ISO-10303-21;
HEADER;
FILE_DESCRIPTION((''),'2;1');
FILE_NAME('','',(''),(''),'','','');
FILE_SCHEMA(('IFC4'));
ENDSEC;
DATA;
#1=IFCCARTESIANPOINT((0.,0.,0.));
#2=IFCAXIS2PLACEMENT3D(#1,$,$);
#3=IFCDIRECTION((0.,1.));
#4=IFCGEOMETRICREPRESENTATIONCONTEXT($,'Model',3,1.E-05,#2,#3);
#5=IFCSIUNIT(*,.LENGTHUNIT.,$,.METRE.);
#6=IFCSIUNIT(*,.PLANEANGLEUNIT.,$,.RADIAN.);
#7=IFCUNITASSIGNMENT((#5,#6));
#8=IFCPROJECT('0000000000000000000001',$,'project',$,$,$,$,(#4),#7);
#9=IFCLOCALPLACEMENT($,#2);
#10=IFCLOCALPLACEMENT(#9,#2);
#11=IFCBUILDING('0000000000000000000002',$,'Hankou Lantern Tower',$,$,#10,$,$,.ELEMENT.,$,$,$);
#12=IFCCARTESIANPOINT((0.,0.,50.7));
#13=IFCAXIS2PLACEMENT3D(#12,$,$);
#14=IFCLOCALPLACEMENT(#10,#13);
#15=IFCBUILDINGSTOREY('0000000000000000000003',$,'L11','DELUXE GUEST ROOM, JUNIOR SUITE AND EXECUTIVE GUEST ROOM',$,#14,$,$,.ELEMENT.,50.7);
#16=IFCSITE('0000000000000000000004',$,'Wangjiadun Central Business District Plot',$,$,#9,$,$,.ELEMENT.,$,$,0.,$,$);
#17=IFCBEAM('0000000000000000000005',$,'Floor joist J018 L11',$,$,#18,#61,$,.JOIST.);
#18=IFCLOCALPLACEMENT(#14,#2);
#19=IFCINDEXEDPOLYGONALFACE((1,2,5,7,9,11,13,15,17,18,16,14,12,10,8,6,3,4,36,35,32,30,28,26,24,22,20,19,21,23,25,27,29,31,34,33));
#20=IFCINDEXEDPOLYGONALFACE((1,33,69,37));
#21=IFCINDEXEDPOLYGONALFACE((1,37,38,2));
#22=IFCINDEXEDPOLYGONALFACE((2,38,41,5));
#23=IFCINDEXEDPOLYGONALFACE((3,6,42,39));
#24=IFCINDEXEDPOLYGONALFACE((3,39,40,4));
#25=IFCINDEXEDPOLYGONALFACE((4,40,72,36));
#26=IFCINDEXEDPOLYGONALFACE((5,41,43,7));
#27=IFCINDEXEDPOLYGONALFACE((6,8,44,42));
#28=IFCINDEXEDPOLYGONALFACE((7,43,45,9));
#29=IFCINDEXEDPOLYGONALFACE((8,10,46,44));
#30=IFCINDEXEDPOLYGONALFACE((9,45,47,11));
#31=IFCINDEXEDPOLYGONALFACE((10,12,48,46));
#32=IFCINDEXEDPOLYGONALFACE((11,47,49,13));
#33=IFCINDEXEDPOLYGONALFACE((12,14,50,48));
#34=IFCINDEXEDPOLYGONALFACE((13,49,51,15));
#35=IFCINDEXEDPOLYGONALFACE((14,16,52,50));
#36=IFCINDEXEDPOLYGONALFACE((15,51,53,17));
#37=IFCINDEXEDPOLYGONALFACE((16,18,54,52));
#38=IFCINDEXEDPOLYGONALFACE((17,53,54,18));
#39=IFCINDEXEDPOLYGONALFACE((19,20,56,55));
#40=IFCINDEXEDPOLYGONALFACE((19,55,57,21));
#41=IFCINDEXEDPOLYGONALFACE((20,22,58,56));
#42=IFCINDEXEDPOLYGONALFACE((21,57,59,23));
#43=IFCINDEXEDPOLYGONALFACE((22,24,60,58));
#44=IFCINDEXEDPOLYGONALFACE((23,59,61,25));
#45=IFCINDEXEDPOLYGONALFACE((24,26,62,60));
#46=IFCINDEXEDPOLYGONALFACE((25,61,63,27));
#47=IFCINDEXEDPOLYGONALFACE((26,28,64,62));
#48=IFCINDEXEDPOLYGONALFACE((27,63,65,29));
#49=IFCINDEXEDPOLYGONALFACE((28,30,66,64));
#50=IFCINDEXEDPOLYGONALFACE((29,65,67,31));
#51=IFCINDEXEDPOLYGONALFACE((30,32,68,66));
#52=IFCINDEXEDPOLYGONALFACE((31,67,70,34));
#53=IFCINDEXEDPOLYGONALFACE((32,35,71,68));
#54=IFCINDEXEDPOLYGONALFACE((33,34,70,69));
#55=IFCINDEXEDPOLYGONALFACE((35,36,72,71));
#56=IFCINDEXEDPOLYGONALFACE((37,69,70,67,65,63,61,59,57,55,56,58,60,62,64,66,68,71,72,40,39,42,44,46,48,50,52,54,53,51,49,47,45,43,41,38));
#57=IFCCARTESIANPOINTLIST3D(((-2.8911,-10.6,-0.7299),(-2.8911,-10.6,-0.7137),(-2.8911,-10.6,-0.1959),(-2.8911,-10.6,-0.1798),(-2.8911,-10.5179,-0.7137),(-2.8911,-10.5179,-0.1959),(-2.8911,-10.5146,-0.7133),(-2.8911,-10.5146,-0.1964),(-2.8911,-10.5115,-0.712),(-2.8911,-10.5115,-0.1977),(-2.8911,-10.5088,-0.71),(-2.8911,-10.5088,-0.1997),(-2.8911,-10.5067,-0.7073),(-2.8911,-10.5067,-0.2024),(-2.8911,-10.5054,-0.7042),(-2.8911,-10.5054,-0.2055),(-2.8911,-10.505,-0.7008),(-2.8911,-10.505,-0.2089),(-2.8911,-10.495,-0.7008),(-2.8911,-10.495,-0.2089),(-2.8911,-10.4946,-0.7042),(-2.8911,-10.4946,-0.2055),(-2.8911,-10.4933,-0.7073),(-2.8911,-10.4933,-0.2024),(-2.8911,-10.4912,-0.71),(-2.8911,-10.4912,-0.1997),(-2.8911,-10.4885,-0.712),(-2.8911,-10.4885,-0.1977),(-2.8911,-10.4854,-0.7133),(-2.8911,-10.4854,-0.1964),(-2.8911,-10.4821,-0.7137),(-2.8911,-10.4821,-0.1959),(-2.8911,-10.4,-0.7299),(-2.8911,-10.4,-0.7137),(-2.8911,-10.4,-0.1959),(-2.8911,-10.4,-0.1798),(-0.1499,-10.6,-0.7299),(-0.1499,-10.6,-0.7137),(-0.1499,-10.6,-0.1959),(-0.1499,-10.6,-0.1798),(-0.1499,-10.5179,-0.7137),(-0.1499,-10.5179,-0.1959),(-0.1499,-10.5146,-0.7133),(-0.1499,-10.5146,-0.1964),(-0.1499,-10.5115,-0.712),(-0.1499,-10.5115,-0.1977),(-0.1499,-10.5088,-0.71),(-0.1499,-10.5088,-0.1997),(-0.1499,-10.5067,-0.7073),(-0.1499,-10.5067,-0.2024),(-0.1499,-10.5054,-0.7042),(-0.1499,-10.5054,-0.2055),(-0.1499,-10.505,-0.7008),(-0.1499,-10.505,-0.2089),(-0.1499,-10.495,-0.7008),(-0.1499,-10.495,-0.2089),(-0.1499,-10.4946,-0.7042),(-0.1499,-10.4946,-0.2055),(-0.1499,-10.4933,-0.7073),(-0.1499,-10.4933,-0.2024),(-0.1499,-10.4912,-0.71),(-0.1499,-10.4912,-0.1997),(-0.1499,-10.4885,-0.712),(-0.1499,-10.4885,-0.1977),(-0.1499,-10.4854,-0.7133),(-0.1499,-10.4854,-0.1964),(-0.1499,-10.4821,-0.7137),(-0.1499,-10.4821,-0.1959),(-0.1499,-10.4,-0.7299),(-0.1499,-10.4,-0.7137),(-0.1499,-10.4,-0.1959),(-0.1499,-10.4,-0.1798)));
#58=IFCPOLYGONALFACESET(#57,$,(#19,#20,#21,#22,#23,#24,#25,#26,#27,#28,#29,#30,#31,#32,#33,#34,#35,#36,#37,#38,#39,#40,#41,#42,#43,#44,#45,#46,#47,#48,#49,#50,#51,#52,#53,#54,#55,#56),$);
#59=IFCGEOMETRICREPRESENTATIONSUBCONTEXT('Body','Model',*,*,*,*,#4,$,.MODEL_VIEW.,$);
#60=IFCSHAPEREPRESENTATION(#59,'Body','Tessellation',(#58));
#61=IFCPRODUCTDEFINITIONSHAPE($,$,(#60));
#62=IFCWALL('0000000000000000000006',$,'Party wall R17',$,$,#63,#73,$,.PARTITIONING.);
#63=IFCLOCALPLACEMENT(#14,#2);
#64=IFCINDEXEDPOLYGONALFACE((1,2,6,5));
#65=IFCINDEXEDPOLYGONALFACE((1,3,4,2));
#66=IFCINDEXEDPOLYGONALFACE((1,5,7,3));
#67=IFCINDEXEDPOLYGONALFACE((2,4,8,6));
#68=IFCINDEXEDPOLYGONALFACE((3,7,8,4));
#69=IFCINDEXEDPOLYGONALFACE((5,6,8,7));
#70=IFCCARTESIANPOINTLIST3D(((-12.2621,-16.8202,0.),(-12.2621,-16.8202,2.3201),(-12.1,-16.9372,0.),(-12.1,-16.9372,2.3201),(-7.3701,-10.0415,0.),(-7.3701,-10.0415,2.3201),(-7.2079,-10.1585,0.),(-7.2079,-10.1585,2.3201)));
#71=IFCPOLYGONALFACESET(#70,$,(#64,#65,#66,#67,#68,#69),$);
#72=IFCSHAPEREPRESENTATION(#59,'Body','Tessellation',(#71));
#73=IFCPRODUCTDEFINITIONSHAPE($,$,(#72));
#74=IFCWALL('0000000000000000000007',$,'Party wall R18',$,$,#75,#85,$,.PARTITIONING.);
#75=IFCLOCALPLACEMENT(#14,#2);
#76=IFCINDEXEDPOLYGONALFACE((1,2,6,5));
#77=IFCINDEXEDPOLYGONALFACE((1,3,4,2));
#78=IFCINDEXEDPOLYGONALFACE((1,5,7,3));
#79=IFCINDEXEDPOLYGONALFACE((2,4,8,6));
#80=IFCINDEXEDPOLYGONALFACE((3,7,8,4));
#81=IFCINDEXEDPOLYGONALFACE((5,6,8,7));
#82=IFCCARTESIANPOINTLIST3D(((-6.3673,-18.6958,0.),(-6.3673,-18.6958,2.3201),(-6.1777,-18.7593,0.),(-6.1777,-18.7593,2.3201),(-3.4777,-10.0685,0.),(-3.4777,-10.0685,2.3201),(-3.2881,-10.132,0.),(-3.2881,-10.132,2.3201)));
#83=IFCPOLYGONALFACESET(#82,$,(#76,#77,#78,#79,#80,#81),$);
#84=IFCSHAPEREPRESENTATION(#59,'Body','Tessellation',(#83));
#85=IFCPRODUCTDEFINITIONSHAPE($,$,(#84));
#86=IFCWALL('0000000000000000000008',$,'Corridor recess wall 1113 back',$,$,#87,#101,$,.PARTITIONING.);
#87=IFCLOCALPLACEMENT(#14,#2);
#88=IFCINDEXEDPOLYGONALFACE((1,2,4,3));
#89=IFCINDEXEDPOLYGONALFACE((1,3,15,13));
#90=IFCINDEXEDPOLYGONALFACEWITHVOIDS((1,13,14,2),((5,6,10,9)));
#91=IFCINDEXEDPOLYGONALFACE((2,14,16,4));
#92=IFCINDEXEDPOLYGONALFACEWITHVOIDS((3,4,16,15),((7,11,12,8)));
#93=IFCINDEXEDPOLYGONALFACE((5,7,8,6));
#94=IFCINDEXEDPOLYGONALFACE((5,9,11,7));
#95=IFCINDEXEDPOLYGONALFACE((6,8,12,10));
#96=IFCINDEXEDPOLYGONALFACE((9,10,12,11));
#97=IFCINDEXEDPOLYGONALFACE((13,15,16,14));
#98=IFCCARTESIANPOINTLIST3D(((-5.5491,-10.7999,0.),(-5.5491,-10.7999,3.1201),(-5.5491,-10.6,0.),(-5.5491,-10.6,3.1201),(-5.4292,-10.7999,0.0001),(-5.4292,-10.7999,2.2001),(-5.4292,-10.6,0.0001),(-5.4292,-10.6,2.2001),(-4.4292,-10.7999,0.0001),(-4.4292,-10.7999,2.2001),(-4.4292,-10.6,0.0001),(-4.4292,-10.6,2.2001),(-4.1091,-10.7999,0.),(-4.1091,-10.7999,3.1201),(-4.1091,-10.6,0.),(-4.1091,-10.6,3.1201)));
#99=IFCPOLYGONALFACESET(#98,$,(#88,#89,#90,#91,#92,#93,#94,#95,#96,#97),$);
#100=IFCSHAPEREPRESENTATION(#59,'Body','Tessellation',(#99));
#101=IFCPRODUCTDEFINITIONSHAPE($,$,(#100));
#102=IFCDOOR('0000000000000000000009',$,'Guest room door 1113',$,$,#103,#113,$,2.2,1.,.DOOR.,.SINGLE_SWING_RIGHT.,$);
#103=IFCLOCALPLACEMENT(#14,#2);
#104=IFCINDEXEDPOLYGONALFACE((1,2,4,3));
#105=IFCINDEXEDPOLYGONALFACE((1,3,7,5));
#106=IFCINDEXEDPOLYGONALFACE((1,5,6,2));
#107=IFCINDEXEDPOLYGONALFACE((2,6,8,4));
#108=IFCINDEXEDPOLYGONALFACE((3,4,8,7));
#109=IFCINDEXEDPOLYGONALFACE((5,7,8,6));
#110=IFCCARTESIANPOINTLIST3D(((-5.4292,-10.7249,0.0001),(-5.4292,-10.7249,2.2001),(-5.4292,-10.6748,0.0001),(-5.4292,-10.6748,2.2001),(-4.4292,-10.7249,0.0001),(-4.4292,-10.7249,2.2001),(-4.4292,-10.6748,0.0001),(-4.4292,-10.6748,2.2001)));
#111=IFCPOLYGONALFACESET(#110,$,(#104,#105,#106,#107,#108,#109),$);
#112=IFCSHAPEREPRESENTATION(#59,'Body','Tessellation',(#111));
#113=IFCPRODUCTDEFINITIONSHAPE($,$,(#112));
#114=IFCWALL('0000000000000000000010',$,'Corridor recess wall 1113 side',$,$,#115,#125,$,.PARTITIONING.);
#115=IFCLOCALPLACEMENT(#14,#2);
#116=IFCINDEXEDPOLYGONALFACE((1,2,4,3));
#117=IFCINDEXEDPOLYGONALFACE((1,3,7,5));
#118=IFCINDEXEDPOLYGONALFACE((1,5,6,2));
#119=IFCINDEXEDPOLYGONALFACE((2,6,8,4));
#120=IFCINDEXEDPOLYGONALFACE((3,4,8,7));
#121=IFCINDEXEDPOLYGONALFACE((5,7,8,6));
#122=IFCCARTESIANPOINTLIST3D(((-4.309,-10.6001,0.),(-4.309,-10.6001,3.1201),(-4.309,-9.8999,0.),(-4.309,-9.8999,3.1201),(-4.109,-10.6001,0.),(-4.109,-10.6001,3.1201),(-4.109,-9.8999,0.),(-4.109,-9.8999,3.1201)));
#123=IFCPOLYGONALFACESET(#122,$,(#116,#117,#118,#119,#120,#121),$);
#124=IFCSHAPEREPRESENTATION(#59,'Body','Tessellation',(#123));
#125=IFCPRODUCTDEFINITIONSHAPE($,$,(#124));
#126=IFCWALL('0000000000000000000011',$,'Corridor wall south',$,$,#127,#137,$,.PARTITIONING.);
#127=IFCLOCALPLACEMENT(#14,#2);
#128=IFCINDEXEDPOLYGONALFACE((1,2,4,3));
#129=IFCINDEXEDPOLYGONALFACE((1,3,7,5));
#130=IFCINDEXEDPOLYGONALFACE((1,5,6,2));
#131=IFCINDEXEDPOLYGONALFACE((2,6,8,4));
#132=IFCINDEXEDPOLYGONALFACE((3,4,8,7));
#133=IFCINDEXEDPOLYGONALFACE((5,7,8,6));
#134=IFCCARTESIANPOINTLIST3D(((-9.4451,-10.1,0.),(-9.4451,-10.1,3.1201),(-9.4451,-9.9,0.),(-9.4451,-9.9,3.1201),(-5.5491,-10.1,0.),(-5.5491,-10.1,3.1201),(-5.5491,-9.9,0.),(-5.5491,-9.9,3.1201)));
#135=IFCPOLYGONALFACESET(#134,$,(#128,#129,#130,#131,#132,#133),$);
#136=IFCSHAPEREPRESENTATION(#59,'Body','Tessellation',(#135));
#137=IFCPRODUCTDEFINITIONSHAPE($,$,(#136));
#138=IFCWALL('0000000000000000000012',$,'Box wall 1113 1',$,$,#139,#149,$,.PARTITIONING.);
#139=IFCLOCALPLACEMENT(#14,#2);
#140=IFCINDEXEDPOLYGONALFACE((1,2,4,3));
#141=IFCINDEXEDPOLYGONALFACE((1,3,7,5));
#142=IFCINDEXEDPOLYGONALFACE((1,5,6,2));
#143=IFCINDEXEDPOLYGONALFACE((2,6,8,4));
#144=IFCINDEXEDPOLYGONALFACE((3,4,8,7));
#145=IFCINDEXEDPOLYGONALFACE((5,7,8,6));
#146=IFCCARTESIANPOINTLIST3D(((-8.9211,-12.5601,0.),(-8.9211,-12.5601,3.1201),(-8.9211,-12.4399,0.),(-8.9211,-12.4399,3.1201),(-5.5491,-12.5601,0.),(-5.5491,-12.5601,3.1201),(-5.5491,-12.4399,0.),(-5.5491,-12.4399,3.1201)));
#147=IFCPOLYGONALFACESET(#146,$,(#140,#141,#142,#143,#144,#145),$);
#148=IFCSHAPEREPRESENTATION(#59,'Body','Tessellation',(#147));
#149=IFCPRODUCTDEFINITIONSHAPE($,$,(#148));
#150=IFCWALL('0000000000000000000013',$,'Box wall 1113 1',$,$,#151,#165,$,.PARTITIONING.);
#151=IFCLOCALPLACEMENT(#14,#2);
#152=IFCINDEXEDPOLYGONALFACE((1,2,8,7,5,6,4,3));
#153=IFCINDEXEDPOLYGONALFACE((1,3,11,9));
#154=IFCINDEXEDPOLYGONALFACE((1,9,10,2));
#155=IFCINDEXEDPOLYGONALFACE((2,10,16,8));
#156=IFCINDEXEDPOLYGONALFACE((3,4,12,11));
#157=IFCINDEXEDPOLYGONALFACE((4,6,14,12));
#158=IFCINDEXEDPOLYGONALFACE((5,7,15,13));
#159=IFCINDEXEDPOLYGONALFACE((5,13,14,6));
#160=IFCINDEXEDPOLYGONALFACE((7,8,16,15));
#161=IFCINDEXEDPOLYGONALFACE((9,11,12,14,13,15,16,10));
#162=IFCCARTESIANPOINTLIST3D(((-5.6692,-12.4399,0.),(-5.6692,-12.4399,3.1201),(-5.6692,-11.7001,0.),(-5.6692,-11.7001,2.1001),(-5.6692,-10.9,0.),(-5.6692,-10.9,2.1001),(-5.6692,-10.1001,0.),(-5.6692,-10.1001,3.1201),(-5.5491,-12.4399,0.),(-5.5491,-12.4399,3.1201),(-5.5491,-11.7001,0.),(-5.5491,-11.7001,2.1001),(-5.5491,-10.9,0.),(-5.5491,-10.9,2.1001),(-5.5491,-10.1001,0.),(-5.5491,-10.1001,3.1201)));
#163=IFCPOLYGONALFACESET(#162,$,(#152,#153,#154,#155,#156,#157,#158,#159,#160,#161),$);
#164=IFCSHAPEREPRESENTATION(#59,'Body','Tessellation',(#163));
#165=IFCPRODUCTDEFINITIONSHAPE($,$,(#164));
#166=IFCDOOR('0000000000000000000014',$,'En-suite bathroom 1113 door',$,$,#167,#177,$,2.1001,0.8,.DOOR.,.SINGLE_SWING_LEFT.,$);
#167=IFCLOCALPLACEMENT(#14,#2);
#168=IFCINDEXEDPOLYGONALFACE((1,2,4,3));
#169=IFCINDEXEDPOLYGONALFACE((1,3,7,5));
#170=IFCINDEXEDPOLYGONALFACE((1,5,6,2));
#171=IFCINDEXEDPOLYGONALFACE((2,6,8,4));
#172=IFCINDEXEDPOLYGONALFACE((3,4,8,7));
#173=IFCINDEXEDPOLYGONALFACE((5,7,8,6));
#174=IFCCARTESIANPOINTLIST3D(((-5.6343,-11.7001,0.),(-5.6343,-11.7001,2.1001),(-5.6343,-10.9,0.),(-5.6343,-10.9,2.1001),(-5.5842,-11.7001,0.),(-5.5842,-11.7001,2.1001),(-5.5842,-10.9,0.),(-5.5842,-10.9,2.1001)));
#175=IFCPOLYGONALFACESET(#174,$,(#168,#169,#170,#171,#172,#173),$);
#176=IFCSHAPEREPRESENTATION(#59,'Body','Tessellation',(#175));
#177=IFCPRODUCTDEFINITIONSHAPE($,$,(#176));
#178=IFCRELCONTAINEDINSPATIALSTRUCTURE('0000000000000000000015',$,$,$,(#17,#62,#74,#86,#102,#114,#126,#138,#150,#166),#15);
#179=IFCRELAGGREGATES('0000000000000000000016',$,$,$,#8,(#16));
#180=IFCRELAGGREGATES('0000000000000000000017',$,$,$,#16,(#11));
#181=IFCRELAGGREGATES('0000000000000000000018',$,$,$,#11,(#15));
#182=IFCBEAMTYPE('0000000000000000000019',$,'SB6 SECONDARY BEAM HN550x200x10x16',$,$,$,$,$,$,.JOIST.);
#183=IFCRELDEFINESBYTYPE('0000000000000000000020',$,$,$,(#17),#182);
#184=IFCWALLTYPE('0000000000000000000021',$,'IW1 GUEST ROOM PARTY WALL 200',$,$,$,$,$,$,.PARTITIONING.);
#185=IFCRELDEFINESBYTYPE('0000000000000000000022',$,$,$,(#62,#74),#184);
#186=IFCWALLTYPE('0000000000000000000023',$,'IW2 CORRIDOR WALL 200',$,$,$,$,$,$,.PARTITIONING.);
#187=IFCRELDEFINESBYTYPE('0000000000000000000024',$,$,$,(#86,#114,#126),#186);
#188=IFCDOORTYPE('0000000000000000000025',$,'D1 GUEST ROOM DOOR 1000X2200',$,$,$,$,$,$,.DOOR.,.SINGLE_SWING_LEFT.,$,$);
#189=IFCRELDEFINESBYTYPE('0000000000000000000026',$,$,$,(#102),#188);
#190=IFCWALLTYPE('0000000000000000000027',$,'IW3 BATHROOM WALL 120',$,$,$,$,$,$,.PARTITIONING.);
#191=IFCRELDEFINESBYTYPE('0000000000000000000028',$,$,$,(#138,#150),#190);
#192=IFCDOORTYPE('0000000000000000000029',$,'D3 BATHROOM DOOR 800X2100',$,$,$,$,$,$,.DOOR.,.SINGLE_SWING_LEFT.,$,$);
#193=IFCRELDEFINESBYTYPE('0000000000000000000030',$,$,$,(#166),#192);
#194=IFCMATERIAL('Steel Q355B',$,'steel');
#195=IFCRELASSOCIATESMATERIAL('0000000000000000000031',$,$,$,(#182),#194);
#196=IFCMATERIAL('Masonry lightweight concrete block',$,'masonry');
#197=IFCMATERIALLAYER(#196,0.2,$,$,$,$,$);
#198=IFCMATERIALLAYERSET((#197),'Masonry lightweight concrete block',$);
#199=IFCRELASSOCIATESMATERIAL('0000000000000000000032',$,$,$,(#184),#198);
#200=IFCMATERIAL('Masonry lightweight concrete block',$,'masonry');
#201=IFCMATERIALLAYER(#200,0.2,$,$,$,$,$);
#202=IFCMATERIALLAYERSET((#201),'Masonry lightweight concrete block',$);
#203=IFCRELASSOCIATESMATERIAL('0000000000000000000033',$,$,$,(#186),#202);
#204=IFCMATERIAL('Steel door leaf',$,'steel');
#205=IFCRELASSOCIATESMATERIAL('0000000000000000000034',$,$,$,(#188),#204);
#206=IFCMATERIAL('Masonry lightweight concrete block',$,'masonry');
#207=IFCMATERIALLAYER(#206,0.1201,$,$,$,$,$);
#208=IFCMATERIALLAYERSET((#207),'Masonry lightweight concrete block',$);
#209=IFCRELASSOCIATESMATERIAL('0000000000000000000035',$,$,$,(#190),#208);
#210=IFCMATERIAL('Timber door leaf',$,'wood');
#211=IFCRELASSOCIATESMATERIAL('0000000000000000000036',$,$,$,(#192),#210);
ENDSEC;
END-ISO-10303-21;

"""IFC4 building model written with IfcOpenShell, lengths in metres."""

from ifc_helpers import new_model, si_unit, direction, frame, frame_2d, origin, origin_2d, place, context, subcontext, project, spatial, rectangle, i_section, extrude, material, layer, layer_set, material_profile, profile_set, type_object, element, fill, save


model = new_model("IFC4")

# Units and contexts
model_context = context("Model", 3, precision=1e-05, world=origin(), true_north=direction((0.0, 1.0)))
body_context = subcontext(model_context, "Body", "Model", "MODEL_VIEW")
ifc_project = project(units=[si_unit("LENGTHUNIT", "METRE"), si_unit("PLANEANGLEUNIT", "RADIAN")], contexts=[model_context])

# Site, building, storey
site_placement = place(None, origin())
site = spatial("IfcSite", under=ifc_project, at=site_placement, Name="Wangjiadun Central Business District Plot", CompositionType="ELEMENT", RefElevation=0.0)
building_placement = place(site_placement, origin())
building = spatial("IfcBuilding", under=site, at=building_placement, Name="Hankou Lantern Tower", CompositionType="ELEMENT")
storey_placement = place(building_placement, frame((0.0, 0.0, 50.7)))
storey = spatial("IfcBuildingStorey", under=building, at=storey_placement, Name="L11", Description="DELUXE GUEST ROOM, JUNIOR SUITE AND EXECUTIVE GUEST ROOM", CompositionType="ELEMENT", Elevation=50.7)

# Beam
ifc_material_1 = material(Name="Steel Q355B", Category="steel")
ifc_material_profile_1 = material_profile(ifc_material_1, i_section(OverallWidth=0.2, OverallDepth=0.55, WebThickness=0.01, FlangeThickness=0.0161, FilletRadius=0.0129, at=origin_2d()), Name="HN550x200x10x16")
ifc_profile_set_1 = profile_set([ifc_material_profile_1], Name="Steel Q355B")
beam_type_1 = type_object("IfcBeamType", Name="SB6 SECONDARY BEAM HN550x200x10x16", PredefinedType="JOIST", material=ifc_profile_set_1)
beam_1_placement = place(storey_placement, frame((-2.8911, -10.5, -0.4548), z_axis=(1.0, 0.0, 0.0), x_axis=(0.0, 1.0, 0.0)))
element("IfcBeam", 1, at=beam_1_placement, inside=storey, type_object=beam_type_1, Name="Floor joist J018 L11", PredefinedType="JOIST", context=body_context, shape_type="SweptSolid", body=[
    extrude(i_section(OverallWidth=0.2, OverallDepth=0.55, WebThickness=0.01, FlangeThickness=0.0161, FilletRadius=0.0129, at=origin_2d()), origin(), (0.0, 0.0, 1.0), 2.7412),
])

# Walls
ifc_material_2 = material(Name="Masonry lightweight concrete block", Category="masonry")
ifc_layer_1 = layer(ifc_material_2, 0.2)
ifc_layer_set_1 = layer_set([ifc_layer_1], Name="Masonry lightweight concrete block")
wall_type_1 = type_object("IfcWallType", Name="IW1 GUEST ROOM PARTY WALL 200", PredefinedType="PARTITIONING", material=ifc_layer_set_1)
wall_1_placement = place(storey_placement, frame((-7.2891, -10.1001, 0.0), z_axis=(0.0, 0.0, 1.0), x_axis=(-0.585198, -0.81089, 0.0)))
element("IfcWall", 2, at=wall_1_placement, inside=storey, type_object=wall_type_1, Name="Party wall R17", PredefinedType="PARTITIONING", context=body_context, shape_type="SweptSolid", body=[
    extrude(rectangle(XDim=8.3596, YDim=0.2, at=frame_2d((4.1797, 0.0))), origin(), (0.0, 0.0, 1.0), 2.3201),
])
wall_2_placement = place(storey_placement, frame((-3.3828, -10.1001, 0.0), z_axis=(0.0, 0.0, 1.0), x_axis=(-0.317596, -0.948226, 0.0)))
element("IfcWall", 3, at=wall_2_placement, inside=storey, type_object=wall_type_1, Name="Party wall R18", PredefinedType="PARTITIONING", context=body_context, shape_type="SweptSolid", body=[
    extrude(rectangle(XDim=9.0984, YDim=0.2, at=frame_2d((4.5493, 0.0))), origin(), (0.0, 0.0, 1.0), 2.3201),
])

# Wall, opening, door
ifc_material_3 = material(Name="Masonry lightweight concrete block", Category="masonry")
ifc_layer_2 = layer(ifc_material_3, 0.2)
ifc_layer_set_2 = layer_set([ifc_layer_2], Name="Masonry lightweight concrete block")
wall_type_2 = type_object("IfcWallType", Name="IW2 CORRIDOR WALL 200", PredefinedType="PARTITIONING", material=ifc_layer_set_2)
wall_3_placement = place(storey_placement, frame((-4.1091, -10.7, 0.0), z_axis=(0.0, 0.0, 1.0), x_axis=(-1.0, 0.0, 0.0)))
wall_3 = element("IfcWall", 4, at=wall_3_placement, inside=storey, type_object=wall_type_2, Name="Corridor recess wall 1113 back", PredefinedType="PARTITIONING", context=body_context, shape_type="SweptSolid", body=[
    extrude(rectangle(XDim=1.4399, YDim=0.2, at=frame_2d((0.72, 0.0))), origin(), (0.0, 0.0, 1.0), 3.1201),
])
opening_1_placement = place(wall_3_placement, frame((0.3201, 0.0, 0.0)))
opening_1 = element("IfcOpeningElement", 5, at=opening_1_placement, cuts=wall_3, PredefinedType="OPENING", context=body_context, shape_type="SweptSolid", body=[
    extrude(rectangle(XDim=1.0, YDim=2.2, at=frame_2d((0.5, 1.1001))), frame((0.0, 0.1099, 0.0), z_axis=(0.0, -1.0, 0.0), x_axis=(1.0, 0.0, 0.0)), (0.0, 0.0, 1.0), 0.22),
])
ifc_material_4 = material(Name="Steel door leaf", Category="steel")
door_type_1 = type_object("IfcDoorType", Name="D1 GUEST ROOM DOOR 1000X2200", OperationType="SINGLE_SWING_LEFT", PredefinedType="DOOR", material=ifc_material_4)
door_1_placement = place(opening_1_placement, origin())
door_1 = element("IfcDoor", 6, at=door_1_placement, inside=storey, type_object=door_type_1, Name="Guest room door 1113", OperationType="SINGLE_SWING_RIGHT", OverallHeight=2.2, OverallWidth=1.0, PredefinedType="DOOR", context=body_context, shape_type="SweptSolid", body=[
    extrude(rectangle(XDim=1.0, YDim=2.2, at=frame_2d((0.5, 1.1001))), frame((0.0, 0.0249, 0.0), z_axis=(0.0, -1.0, 0.0), x_axis=(1.0, 0.0, 0.0)), (0.0, 0.0, 1.0), 0.05),
])
fill(opening_1, door_1)

# Walls
wall_4_placement = place(storey_placement, frame((-4.209, -9.8999, 0.0), z_axis=(0.0, 0.0, 1.0), x_axis=(0.0, -1.0, 0.0)))
element("IfcWall", 7, at=wall_4_placement, inside=storey, type_object=wall_type_2, Name="Corridor recess wall 1113 side", PredefinedType="PARTITIONING", context=body_context, shape_type="SweptSolid", body=[
    extrude(rectangle(XDim=0.7002, YDim=0.2, at=frame_2d((0.3501, 0.0))), origin(), (0.0, 0.0, 1.0), 3.1201),
])
wall_5_placement = place(storey_placement, frame((-5.5491, -10.0, 0.0), z_axis=(0.0, 0.0, 1.0), x_axis=(-1.0, 0.0, 0.0)))
element("IfcWall", 8, at=wall_5_placement, inside=storey, type_object=wall_type_2, Name="Corridor wall south", PredefinedType="PARTITIONING", context=body_context, shape_type="SweptSolid", body=[
    extrude(rectangle(XDim=3.896, YDim=0.2, at=frame_2d((1.948, 0.0))), origin(), (0.0, 0.0, 1.0), 3.1201),
])
ifc_material_5 = material(Name="Masonry lightweight concrete block", Category="masonry")
ifc_layer_3 = layer(ifc_material_5, 0.1201)
ifc_layer_set_3 = layer_set([ifc_layer_3], Name="Masonry lightweight concrete block")
wall_type_3 = type_object("IfcWallType", Name="IW3 BATHROOM WALL 120", PredefinedType="PARTITIONING", material=ifc_layer_set_3)
wall_6_placement = place(storey_placement, frame((-8.9211, -12.5, 0.0), z_axis=(0.0, 0.0, 1.0), x_axis=(1.0, 0.0, 0.0)))
element("IfcWall", 9, at=wall_6_placement, inside=storey, type_object=wall_type_3, Name="Box wall 1113 1", PredefinedType="PARTITIONING", context=body_context, shape_type="SweptSolid", body=[
    extrude(rectangle(XDim=3.3721, YDim=0.1201, at=frame_2d((1.686, 0.0))), origin(), (0.0, 0.0, 1.0), 3.1201),
])

# Wall, opening, door
wall_7_placement = place(storey_placement, frame((-5.6091, -10.1001, 0.0), z_axis=(0.0, 0.0, 1.0), x_axis=(0.0, -1.0, 0.0)))
wall_7 = element("IfcWall", 10, at=wall_7_placement, inside=storey, type_object=wall_type_3, Name="Box wall 1113 1", PredefinedType="PARTITIONING", context=body_context, shape_type="SweptSolid", body=[
    extrude(rectangle(XDim=2.3398, YDim=0.1201, at=frame_2d((1.1699, 0.0))), origin(), (0.0, 0.0, 1.0), 3.1201),
])
opening_2_placement = place(wall_7_placement, frame((0.8, 0.0, 0.0)))
opening_2 = element("IfcOpeningElement", 11, at=opening_2_placement, cuts=wall_7, PredefinedType="OPENING", context=body_context, shape_type="SweptSolid", body=[
    extrude(rectangle(XDim=0.8, YDim=2.1001, at=frame_2d((0.3999, 1.05))), frame((0.0, 0.0701, 0.0), z_axis=(0.0, -1.0, 0.0), x_axis=(1.0, 0.0, 0.0)), (0.0, 0.0, 1.0), 0.1401),
])
ifc_material_6 = material(Name="Timber door leaf", Category="wood")
door_type_2 = type_object("IfcDoorType", Name="D3 BATHROOM DOOR 800X2100", OperationType="SINGLE_SWING_LEFT", PredefinedType="DOOR", material=ifc_material_6)
door_2_placement = place(opening_2_placement, origin())
door_2 = element("IfcDoor", 12, at=door_2_placement, inside=storey, type_object=door_type_2, Name="En-suite bathroom 1113 door", OperationType="SINGLE_SWING_LEFT", OverallHeight=2.1001, OverallWidth=0.8, PredefinedType="DOOR", context=body_context, shape_type="SweptSolid", body=[
    extrude(rectangle(XDim=0.8, YDim=2.1001, at=frame_2d((0.3999, 1.05))), frame((0.0, 0.0249, 0.0), z_axis=(0.0, -1.0, 0.0), x_axis=(1.0, 0.0, 0.0)), (0.0, 0.0, 1.0), 0.05),
])
fill(opening_2, door_2)

save(model, "model.ifc")
